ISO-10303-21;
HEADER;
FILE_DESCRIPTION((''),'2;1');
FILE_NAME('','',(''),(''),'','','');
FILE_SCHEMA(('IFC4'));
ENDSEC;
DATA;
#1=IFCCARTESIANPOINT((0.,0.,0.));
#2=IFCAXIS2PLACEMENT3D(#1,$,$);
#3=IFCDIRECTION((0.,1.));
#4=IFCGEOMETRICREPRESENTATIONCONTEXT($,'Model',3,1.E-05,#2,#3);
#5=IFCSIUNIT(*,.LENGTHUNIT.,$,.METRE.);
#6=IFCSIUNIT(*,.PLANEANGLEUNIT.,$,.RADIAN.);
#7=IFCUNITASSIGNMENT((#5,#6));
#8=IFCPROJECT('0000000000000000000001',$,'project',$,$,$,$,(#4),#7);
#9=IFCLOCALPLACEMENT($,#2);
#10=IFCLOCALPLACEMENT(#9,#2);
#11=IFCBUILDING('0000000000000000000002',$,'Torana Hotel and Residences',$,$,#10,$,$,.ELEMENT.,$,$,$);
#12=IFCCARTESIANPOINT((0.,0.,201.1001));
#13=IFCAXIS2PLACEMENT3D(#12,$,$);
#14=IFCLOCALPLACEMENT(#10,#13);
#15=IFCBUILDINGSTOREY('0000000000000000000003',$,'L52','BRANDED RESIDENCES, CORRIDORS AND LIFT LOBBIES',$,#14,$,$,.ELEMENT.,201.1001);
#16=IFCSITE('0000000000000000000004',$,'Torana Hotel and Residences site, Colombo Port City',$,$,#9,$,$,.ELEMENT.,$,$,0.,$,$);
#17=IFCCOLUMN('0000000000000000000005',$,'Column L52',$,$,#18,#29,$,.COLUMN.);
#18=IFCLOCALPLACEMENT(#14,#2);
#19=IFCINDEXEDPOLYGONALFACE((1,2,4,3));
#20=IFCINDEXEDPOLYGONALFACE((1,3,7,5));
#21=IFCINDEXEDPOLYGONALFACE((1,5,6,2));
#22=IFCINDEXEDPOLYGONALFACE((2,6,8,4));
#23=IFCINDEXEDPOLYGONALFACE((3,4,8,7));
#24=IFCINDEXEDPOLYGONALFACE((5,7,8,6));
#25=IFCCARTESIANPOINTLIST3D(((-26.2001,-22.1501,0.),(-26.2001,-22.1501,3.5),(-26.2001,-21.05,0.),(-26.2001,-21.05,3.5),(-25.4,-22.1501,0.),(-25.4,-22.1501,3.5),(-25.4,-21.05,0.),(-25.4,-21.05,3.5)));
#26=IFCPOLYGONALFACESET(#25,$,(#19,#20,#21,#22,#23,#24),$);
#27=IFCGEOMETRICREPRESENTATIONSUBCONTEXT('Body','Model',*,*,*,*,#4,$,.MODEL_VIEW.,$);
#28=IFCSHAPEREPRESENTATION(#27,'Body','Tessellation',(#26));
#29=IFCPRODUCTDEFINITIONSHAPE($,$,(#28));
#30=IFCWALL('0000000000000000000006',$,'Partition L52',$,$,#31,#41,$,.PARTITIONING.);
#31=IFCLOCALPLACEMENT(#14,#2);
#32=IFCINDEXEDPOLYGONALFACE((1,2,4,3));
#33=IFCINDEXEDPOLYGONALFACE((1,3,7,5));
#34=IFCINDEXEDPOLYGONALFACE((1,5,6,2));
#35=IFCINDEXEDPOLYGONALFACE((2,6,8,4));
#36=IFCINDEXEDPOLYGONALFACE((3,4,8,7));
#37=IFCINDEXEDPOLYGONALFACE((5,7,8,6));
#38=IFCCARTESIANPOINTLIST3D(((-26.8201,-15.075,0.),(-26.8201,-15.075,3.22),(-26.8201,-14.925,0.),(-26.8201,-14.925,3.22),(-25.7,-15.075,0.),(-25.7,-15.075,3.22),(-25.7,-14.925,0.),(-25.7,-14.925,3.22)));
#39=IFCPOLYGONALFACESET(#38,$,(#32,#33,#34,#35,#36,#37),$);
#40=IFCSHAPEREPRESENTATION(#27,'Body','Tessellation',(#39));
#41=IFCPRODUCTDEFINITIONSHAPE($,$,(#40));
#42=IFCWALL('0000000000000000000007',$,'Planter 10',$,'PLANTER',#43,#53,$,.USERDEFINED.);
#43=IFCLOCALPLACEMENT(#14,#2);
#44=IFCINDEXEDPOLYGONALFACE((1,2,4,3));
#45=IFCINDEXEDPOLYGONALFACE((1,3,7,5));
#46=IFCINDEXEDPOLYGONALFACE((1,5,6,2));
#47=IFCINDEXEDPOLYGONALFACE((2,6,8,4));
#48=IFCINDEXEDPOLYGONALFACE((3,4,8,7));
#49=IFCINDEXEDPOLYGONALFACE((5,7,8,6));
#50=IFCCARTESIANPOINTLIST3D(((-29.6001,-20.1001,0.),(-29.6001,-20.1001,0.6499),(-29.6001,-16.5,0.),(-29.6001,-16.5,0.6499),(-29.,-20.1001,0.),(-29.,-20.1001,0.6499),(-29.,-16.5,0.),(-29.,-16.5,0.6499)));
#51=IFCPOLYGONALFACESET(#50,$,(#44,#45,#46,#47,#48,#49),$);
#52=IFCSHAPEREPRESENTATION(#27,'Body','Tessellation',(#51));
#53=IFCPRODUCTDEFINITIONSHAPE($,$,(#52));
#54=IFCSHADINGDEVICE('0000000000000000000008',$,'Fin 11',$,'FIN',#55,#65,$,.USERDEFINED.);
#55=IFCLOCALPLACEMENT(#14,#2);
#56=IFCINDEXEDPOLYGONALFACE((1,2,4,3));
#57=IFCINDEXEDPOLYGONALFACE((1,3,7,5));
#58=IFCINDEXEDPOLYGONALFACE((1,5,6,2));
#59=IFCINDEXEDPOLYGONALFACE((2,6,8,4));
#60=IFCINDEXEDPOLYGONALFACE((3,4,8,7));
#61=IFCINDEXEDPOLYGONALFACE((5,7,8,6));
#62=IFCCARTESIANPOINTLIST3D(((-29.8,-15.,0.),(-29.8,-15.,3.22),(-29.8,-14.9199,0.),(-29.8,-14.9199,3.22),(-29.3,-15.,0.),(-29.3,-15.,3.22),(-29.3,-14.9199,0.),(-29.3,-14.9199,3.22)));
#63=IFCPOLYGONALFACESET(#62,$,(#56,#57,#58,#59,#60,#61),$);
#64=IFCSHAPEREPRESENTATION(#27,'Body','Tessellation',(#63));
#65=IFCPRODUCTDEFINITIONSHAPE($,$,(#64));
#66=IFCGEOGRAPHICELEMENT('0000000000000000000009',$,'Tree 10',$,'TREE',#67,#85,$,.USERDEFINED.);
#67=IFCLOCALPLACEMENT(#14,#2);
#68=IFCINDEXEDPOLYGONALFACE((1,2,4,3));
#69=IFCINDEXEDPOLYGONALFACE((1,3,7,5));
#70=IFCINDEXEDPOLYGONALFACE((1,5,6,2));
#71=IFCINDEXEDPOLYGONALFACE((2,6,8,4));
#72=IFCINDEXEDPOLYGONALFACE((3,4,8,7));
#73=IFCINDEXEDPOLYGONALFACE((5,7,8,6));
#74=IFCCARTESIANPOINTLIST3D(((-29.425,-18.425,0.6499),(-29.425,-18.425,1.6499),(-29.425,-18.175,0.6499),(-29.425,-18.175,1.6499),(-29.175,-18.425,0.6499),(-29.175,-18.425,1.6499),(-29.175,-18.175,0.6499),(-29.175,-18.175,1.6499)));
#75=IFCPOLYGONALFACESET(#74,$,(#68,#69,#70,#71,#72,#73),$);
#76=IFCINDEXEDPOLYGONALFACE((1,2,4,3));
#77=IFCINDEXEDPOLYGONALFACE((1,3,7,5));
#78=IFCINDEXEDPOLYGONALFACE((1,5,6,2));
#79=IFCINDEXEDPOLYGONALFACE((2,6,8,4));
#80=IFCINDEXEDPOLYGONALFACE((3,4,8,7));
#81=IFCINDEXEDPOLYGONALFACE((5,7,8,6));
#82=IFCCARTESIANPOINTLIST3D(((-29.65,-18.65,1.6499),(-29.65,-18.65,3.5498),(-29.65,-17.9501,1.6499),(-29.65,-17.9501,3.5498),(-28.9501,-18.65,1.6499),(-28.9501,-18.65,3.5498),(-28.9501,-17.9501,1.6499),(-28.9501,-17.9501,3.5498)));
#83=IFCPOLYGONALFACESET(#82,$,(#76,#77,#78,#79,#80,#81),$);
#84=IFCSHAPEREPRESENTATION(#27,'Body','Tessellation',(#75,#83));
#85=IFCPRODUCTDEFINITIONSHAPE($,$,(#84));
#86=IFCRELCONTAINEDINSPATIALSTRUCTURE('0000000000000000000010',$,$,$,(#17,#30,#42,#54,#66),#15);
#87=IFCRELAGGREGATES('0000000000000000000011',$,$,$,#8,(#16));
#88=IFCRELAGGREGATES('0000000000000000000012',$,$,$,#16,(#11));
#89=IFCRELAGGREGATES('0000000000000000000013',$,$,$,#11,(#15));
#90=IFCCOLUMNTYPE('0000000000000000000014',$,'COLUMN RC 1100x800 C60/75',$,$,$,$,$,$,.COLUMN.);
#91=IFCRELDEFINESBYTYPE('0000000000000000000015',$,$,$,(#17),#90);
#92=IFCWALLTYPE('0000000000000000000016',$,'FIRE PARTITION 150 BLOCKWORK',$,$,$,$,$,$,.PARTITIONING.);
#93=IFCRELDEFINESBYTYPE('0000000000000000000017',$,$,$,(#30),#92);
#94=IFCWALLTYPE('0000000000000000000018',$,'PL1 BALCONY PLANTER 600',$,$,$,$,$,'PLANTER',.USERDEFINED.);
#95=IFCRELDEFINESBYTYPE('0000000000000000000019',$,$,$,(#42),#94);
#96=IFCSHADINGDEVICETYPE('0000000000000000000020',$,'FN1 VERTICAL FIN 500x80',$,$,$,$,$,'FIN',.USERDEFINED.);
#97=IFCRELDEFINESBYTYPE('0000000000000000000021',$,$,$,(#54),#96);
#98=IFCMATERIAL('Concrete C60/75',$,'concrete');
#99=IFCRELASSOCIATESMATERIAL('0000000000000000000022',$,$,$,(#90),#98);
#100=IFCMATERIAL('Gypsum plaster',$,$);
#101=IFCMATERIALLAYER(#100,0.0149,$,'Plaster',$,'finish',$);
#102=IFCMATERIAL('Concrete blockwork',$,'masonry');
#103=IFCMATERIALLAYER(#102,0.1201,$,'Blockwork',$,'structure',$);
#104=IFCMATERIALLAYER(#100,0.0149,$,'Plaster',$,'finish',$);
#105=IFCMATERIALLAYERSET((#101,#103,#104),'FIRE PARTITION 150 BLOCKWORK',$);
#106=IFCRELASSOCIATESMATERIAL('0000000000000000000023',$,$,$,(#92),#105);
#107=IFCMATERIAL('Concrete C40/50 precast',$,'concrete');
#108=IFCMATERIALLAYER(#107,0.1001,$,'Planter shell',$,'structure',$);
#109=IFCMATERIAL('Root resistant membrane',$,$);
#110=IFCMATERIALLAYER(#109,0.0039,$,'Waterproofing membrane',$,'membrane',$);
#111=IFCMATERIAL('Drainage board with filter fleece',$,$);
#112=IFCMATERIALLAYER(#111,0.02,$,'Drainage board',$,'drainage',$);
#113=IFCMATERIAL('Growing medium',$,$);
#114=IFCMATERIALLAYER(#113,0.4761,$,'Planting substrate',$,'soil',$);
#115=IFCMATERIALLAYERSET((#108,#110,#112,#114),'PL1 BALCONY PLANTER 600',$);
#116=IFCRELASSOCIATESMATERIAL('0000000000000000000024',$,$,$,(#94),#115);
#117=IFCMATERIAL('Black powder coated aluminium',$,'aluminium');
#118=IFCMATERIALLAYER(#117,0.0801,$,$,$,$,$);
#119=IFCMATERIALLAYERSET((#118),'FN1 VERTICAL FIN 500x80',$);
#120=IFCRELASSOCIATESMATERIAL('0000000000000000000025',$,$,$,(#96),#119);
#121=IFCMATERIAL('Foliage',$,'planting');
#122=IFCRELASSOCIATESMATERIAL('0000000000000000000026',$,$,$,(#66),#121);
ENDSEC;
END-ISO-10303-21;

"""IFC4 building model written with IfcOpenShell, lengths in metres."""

from ifc_helpers import new_model, si_unit, direction, frame, frame_2d, origin, origin_2d, place, context, subcontext, project, spatial, rectangle, extrude, material, layer, layer_set, material_profile, profile_set, type_object, element, save


model = new_model("IFC4")

# Units and contexts
model_context = context("Model", 3, precision=1e-05, world=origin(), true_north=direction((0.0, 1.0)))
body_context = subcontext(model_context, "Body", "Model", "MODEL_VIEW")
ifc_project = project(units=[si_unit("LENGTHUNIT", "METRE"), si_unit("PLANEANGLEUNIT", "RADIAN")], contexts=[model_context])

# Site, building, storey
site_placement = place(None, origin())
site = spatial("IfcSite", under=ifc_project, at=site_placement, Name="Torana Hotel and Residences site, Colombo Port City", CompositionType="ELEMENT", RefElevation=0.0)
building_placement = place(site_placement, origin())
building = spatial("IfcBuilding", under=site, at=building_placement, Name="Torana Hotel and Residences", CompositionType="ELEMENT")
storey_placement = place(building_placement, frame((0.0, 0.0, 201.1001)))
storey = spatial("IfcBuildingStorey", under=building, at=storey_placement, Name="L52", Description="BRANDED RESIDENCES, CORRIDORS AND LIFT LOBBIES", CompositionType="ELEMENT", Elevation=201.1001)

# Column
ifc_material_1 = material(Name="Concrete C60/75", Category="concrete")
ifc_material_profile = material_profile(ifc_material_1, rectangle(XDim=1.1001, YDim=0.8, at=origin_2d()), Name="RC 1100x800")
ifc_profile_set = profile_set([ifc_material_profile], Name="Concrete C60/75")
column_type = type_object("IfcColumnType", Name="COLUMN RC 1100x800 C60/75", PredefinedType="COLUMN", material=ifc_profile_set)
column_placement = place(storey_placement, frame((-25.8, -21.6001, 0.0), z_axis=(0.0, 0.0, 1.0), x_axis=(0.0, 1.0, 0.0)))
element("IfcColumn", 1, at=column_placement, inside=storey, type_object=column_type, Name="Column L52", PredefinedType="COLUMN", context=body_context, shape_type="SweptSolid", body=[
    extrude(rectangle(XDim=1.1001, YDim=0.8, at=origin_2d()), origin(), (0.0, 0.0, 1.0), 3.5),
])

# Shared definitions
ifc_material_2 = material(Name="Gypsum plaster")
ifc_layer_1 = layer(ifc_material_2, 0.0149, Name="Plaster", Category="finish")
ifc_material_3 = material(Name="Concrete blockwork", Category="masonry")
ifc_layer_2 = layer(ifc_material_3, 0.1201, Name="Blockwork", Category="structure")
ifc_layer_3 = layer(ifc_material_2, 0.0149, Name="Plaster", Category="finish")
ifc_layer_set_1 = layer_set([ifc_layer_1, ifc_layer_2, ifc_layer_3], Name="FIRE PARTITION 150 BLOCKWORK")
wall_type_1 = type_object("IfcWallType", Name="FIRE PARTITION 150 BLOCKWORK", PredefinedType="PARTITIONING", material=ifc_layer_set_1)

# Walls
wall_1_placement = place(storey_placement, frame((-26.8201, -15.0, 0.0), z_axis=(0.0, 0.0, 1.0), x_axis=(1.0, 0.0, 0.0)))
element("IfcWall", 2, at=wall_1_placement, inside=storey, type_object=wall_type_1, Name="Partition L52", PredefinedType="PARTITIONING", context=body_context, shape_type="SweptSolid", body=[
    extrude(rectangle(XDim=1.1201, YDim=0.1499, at=frame_2d((0.5601, 0.0))), origin(), (0.0, 0.0, 1.0), 3.22),
])
ifc_material_4 = material(Name="Concrete C40/50 precast", Category="concrete")
ifc_layer_4 = layer(ifc_material_4, 0.1001, Name="Planter shell", Category="structure")
ifc_material_5 = material(Name="Root resistant membrane")
ifc_layer_5 = layer(ifc_material_5, 0.0039, Name="Waterproofing membrane", Category="membrane")
ifc_material_6 = material(Name="Drainage board with filter fleece")
ifc_layer_6 = layer(ifc_material_6, 0.02, Name="Drainage board", Category="drainage")
ifc_material_7 = material(Name="Growing medium")
ifc_layer_7 = layer(ifc_material_7, 0.4761, Name="Planting substrate", Category="soil")
ifc_layer_set_2 = layer_set([ifc_layer_4, ifc_layer_5, ifc_layer_6, ifc_layer_7], Name="PL1 BALCONY PLANTER 600")
wall_type_2 = type_object("IfcWallType", Name="PL1 BALCONY PLANTER 600", ElementType="PLANTER", PredefinedType="USERDEFINED", material=ifc_layer_set_2)
wall_2_placement = place(storey_placement, frame((-29.3, -20.1001, 0.0), z_axis=(0.0, 0.0, 1.0), x_axis=(0.0, 1.0, 0.0)))
element("IfcWall", 3, at=wall_2_placement, inside=storey, type_object=wall_type_2, Name="Planter 10", ObjectType="PLANTER", PredefinedType="USERDEFINED", context=body_context, shape_type="SweptSolid", body=[
    extrude(rectangle(XDim=3.6001, YDim=0.6001, at=frame_2d((1.8, 0.0))), origin(), (0.0, 0.0, 1.0), 0.6499),
])

# Shading device
ifc_material_8 = material(Name="Black powder coated aluminium", Category="aluminium")
ifc_layer_8 = layer(ifc_material_8, 0.0801)
ifc_layer_set_3 = layer_set([ifc_layer_8], Name="FN1 VERTICAL FIN 500x80")
shading_device_type = type_object("IfcShadingDeviceType", Name="FN1 VERTICAL FIN 500x80", ElementType="FIN", PredefinedType="USERDEFINED", material=ifc_layer_set_3)
shading_device_placement = place(storey_placement, frame((-29.55, -14.96, 0.0), z_axis=(0.0, 0.0, 1.0), x_axis=(0.0, 1.0, 0.0)))
element("IfcShadingDevice", 4, at=shading_device_placement, inside=storey, type_object=shading_device_type, Name="Fin 11", ObjectType="FIN", PredefinedType="USERDEFINED", context=body_context, shape_type="SweptSolid", body=[
    extrude(rectangle(XDim=0.0801, YDim=0.5, at=origin_2d()), origin(), (0.0, 0.0, 1.0), 3.22),
])

# Geographic element
ifc_material_9 = material(Name="Foliage", Category="planting")
geographic_element_placement = place(storey_placement, frame((-29.3, -18.3, 0.6499), z_axis=(0.0, 0.0, 1.0), x_axis=(1.0, 0.0, 0.0)))
element("IfcGeographicElement", 5, at=geographic_element_placement, inside=storey, material=ifc_material_9, Name="Tree 10", ObjectType="TREE", PredefinedType="USERDEFINED", context=body_context, shape_type="SweptSolid", body=[
    extrude(rectangle(XDim=0.25, YDim=0.25, at=origin_2d()), origin(), (0.0, 0.0, 1.0), 1.0),
    extrude(rectangle(XDim=0.7, YDim=0.7, at=origin_2d()), frame((0.0, 0.0, 1.0)), (0.0, 0.0, 1.0), 1.8999),
])

save(model, "model.ifc")
